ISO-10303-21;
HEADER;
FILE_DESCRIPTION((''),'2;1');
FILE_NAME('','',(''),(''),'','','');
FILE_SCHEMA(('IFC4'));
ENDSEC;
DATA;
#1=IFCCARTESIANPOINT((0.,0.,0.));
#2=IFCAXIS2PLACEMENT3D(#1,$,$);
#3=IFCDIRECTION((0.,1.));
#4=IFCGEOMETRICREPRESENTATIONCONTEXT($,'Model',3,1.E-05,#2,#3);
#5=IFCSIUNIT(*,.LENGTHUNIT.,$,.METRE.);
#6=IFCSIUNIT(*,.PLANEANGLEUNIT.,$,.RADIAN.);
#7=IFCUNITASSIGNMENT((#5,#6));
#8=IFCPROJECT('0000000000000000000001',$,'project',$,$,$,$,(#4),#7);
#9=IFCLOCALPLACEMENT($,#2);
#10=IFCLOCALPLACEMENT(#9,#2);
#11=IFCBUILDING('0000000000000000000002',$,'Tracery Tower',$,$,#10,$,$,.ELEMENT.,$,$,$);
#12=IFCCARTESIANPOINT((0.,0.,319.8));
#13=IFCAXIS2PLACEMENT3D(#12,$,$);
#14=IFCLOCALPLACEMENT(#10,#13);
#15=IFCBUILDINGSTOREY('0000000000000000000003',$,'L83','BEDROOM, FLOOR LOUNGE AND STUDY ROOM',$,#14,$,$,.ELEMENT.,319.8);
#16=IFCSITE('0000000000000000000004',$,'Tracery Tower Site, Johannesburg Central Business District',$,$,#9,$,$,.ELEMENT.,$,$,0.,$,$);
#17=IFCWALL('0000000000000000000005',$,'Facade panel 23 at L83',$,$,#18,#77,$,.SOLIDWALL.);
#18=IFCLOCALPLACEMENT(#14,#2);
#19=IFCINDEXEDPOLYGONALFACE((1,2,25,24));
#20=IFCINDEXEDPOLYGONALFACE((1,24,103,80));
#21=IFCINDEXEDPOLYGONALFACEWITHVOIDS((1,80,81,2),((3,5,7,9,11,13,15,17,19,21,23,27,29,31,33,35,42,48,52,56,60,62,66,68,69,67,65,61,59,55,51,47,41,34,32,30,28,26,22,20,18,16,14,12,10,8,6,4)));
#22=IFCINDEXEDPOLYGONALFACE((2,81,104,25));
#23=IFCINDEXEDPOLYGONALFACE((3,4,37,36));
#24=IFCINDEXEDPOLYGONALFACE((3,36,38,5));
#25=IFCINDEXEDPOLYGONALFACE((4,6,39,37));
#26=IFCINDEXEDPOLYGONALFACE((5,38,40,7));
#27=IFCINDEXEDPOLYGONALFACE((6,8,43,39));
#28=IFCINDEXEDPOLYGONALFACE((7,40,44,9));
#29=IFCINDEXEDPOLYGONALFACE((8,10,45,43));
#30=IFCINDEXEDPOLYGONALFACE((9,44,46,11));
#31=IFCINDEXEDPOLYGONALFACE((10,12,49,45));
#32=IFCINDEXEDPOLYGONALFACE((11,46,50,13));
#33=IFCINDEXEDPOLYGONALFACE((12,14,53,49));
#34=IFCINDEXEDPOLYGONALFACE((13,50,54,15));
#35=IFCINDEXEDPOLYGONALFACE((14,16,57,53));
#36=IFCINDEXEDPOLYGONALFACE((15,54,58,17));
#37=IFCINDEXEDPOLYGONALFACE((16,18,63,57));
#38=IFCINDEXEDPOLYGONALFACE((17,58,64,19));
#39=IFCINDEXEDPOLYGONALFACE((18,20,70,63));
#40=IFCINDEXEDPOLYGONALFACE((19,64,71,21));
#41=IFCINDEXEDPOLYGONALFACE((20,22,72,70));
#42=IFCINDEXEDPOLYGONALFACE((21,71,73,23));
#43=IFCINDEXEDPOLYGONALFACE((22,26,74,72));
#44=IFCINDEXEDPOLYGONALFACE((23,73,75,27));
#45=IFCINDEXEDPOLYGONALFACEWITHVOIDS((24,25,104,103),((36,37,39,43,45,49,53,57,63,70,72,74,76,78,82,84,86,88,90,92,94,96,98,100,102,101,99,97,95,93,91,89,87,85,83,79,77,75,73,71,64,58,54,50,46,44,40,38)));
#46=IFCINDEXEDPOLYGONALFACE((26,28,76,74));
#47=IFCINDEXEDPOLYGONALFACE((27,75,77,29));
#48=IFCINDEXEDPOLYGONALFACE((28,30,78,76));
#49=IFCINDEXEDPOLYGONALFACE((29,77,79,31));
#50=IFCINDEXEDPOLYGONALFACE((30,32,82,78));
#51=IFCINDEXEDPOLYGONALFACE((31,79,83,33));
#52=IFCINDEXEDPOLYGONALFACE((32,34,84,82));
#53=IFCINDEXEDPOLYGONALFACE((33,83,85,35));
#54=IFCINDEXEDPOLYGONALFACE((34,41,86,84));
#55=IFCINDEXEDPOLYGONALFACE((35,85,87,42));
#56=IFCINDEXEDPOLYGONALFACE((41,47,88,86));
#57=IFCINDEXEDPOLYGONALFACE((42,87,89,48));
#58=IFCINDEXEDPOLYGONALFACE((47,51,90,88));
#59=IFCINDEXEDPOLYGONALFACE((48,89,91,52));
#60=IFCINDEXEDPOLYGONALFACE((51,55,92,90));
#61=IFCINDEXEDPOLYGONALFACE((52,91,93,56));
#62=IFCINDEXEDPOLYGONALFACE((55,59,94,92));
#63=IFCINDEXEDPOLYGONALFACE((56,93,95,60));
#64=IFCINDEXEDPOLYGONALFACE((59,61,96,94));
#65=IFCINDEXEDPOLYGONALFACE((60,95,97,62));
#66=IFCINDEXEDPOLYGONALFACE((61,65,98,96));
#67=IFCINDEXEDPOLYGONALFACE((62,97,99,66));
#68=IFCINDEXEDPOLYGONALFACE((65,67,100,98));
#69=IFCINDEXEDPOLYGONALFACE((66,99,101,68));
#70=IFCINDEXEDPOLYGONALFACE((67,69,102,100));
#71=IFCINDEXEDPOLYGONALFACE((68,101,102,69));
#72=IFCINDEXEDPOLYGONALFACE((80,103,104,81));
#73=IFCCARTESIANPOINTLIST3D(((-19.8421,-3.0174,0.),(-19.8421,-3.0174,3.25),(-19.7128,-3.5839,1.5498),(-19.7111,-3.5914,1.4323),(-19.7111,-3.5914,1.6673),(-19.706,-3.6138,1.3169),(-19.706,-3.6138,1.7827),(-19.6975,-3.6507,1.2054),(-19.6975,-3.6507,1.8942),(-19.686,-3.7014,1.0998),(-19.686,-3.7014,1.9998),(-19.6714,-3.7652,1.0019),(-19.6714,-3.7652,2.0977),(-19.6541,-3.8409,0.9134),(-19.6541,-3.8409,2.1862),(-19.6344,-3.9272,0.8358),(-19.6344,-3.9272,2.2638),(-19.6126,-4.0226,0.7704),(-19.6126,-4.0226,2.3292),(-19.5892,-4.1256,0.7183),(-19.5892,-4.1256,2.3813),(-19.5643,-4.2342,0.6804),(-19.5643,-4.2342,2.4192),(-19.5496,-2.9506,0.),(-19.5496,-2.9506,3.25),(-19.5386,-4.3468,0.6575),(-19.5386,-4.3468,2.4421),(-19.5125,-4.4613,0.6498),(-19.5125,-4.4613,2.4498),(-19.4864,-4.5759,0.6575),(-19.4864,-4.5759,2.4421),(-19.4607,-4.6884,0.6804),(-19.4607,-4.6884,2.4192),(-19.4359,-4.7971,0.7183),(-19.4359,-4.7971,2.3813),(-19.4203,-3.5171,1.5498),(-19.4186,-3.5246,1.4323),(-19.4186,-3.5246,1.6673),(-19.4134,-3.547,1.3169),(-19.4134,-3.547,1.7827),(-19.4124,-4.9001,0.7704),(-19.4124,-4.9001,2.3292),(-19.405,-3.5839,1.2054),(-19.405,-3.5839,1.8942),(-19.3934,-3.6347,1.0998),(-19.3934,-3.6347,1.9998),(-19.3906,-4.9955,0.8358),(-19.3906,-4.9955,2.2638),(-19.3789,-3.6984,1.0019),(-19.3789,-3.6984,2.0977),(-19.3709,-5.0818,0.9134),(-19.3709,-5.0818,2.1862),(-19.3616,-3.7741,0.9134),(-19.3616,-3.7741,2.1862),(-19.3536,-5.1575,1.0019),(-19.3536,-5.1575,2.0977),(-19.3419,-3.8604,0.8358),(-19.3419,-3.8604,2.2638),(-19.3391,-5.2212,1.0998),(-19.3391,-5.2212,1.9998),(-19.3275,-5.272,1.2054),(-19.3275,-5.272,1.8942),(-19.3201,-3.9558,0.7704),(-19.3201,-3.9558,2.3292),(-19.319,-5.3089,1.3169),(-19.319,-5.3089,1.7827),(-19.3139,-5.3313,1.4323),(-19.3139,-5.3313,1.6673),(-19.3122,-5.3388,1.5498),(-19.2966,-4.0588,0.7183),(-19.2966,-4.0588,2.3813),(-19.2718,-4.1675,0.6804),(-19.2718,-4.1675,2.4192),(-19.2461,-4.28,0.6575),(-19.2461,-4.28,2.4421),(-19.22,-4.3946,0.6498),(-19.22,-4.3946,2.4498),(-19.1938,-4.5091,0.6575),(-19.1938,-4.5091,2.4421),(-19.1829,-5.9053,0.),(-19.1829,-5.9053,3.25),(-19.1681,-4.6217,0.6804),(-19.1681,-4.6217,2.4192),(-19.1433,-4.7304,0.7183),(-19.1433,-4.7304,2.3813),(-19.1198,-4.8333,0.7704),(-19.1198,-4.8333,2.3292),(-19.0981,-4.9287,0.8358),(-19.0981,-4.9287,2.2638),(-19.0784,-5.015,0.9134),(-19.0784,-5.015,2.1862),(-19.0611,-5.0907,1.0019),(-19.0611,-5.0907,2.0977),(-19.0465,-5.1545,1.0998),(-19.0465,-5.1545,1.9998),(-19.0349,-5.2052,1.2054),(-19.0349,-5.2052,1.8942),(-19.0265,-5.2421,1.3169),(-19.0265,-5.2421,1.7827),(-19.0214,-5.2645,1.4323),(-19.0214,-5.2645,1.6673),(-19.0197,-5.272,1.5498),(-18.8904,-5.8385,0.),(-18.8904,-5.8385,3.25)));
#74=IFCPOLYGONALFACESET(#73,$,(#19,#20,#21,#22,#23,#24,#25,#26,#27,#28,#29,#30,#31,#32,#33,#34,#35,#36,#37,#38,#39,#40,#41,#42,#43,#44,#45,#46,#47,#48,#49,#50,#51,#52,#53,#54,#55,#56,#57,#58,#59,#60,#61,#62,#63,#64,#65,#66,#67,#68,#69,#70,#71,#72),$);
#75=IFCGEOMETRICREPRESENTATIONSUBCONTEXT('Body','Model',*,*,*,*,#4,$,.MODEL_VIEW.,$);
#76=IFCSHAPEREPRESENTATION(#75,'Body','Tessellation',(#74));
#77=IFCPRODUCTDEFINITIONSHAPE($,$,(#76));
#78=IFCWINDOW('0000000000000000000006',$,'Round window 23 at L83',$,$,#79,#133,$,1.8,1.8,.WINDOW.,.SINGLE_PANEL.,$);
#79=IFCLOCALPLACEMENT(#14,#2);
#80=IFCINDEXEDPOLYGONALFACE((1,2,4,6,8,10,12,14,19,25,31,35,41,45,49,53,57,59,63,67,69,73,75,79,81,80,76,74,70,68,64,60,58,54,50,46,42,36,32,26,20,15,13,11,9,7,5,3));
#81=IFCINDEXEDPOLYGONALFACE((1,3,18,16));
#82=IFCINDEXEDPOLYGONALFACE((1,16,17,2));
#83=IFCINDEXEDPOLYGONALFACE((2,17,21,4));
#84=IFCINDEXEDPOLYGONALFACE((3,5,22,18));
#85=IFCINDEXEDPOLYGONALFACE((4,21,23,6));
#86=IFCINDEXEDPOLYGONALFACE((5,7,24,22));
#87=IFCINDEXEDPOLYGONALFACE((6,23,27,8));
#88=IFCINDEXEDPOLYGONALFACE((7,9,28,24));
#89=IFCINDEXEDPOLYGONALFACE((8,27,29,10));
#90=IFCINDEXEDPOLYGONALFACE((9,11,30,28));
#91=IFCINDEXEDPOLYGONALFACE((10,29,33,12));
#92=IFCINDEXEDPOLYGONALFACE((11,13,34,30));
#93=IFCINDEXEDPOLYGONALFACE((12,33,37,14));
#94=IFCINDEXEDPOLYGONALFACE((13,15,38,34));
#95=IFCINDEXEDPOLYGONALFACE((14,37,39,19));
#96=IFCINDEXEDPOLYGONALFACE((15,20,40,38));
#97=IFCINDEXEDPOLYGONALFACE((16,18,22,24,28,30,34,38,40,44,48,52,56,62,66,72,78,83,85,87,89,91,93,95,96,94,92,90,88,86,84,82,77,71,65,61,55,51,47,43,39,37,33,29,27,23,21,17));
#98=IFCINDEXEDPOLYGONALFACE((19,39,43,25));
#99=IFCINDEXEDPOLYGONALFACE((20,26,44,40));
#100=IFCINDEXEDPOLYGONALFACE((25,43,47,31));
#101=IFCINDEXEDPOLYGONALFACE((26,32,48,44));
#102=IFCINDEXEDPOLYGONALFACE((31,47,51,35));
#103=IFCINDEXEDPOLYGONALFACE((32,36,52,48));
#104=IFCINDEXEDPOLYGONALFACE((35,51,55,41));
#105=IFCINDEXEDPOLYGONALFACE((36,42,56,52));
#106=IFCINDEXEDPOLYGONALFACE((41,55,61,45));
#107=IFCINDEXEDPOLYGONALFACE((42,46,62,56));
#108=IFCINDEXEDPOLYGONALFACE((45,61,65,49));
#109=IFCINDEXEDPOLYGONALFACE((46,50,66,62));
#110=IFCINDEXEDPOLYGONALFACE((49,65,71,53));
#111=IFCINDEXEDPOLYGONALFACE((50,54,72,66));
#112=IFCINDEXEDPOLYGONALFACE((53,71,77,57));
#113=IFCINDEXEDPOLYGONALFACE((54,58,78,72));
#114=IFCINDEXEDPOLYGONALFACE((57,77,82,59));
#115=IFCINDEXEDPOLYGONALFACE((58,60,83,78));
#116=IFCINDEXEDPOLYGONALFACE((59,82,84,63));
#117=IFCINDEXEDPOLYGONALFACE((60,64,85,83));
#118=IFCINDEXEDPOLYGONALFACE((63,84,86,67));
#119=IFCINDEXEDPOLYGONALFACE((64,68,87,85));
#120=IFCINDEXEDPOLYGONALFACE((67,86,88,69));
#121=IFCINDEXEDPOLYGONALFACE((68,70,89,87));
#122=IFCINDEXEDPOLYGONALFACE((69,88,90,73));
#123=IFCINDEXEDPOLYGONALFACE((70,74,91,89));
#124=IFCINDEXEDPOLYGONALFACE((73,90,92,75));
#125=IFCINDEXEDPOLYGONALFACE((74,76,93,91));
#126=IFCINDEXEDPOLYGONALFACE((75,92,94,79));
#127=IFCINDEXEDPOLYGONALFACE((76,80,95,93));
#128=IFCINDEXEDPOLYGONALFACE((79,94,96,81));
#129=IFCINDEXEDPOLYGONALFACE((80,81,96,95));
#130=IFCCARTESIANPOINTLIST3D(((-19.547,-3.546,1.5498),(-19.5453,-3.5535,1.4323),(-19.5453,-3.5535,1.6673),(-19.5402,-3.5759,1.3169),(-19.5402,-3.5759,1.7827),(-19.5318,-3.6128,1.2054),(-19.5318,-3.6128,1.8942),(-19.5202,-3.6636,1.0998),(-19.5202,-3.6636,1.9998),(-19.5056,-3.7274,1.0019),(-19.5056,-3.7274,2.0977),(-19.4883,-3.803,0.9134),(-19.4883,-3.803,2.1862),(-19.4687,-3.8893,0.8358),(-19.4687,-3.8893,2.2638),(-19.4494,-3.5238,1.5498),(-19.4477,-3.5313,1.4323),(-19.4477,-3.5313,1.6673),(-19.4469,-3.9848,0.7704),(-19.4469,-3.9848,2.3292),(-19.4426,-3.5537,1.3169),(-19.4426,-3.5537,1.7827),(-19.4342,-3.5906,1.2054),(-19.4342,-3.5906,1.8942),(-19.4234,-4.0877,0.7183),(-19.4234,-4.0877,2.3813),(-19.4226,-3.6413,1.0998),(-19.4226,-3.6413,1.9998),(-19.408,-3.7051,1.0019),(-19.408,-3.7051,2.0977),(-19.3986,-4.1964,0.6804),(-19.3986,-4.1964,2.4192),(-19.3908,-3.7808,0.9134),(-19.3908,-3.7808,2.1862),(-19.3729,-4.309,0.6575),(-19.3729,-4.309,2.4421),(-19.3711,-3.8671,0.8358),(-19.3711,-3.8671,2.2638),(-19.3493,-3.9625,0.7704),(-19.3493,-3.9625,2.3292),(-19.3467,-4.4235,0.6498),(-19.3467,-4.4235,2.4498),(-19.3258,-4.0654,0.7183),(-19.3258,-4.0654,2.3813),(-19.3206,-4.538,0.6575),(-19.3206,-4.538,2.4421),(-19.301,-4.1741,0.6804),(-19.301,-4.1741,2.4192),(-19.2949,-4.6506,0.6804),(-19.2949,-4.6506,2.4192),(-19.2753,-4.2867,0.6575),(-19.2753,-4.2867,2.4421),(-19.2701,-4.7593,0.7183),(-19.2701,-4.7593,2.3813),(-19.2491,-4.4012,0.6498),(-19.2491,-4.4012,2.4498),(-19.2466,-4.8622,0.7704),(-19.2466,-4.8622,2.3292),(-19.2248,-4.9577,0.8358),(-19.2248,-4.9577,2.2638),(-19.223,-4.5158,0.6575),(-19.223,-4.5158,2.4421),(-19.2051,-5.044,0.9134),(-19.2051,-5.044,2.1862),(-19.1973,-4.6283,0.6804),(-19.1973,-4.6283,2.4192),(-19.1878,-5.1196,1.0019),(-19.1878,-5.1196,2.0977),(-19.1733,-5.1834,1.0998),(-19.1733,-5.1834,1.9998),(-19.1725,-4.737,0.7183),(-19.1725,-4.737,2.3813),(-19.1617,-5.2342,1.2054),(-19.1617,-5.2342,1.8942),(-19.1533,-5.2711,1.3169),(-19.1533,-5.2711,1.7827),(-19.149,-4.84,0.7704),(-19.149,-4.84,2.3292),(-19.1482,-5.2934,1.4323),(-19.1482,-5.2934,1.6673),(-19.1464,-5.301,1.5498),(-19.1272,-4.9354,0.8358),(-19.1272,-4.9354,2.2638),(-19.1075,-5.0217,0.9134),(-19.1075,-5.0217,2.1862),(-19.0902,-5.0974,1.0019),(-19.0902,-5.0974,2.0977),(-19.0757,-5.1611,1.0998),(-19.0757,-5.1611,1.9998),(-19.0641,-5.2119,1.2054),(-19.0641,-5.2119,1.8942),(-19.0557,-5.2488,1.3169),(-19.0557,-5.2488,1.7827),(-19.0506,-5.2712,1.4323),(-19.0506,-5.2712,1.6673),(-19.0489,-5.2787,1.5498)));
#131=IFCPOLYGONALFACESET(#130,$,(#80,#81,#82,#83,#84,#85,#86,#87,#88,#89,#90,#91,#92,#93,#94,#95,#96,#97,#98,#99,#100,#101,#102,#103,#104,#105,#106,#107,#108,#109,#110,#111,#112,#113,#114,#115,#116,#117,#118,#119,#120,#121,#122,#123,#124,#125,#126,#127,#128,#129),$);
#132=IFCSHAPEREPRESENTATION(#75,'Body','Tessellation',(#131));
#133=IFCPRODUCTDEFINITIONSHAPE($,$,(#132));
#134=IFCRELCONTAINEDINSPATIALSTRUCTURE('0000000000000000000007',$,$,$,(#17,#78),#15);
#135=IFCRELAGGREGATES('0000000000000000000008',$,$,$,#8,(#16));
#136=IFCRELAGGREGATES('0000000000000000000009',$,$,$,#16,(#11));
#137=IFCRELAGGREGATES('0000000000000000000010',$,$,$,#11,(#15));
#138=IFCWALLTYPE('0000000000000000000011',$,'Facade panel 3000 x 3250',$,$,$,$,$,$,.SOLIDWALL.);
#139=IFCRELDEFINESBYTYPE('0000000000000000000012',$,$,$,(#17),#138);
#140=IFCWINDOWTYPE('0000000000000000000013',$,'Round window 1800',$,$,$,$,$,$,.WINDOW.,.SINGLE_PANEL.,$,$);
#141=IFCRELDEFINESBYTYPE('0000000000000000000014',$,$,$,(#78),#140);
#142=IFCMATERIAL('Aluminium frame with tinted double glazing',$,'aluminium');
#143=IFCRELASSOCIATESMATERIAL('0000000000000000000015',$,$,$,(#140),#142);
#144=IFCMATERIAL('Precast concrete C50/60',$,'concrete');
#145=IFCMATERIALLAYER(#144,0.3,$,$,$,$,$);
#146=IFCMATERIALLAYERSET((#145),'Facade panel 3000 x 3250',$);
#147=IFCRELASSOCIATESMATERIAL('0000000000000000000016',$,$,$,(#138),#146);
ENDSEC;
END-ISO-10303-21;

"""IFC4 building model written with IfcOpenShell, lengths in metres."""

from ifc_helpers import new_model, si_unit, direction, frame, frame_2d, origin, origin_2d, place, context, subcontext, project, spatial, rectangle, circle, extrude, material, layer, layer_set, type_object, element, fill, save


model = new_model("IFC4")

# Units and contexts
model_context = context("Model", 3, precision=1e-05, world=origin(), true_north=direction((0.0, 1.0)))
body_context = subcontext(model_context, "Body", "Model", "MODEL_VIEW")
ifc_project = project(units=[si_unit("LENGTHUNIT", "METRE"), si_unit("PLANEANGLEUNIT", "RADIAN")], contexts=[model_context])

# Site, building, storey
site_placement = place(None, origin())
site = spatial("IfcSite", under=ifc_project, at=site_placement, Name="Tracery Tower Site, Johannesburg Central Business District", CompositionType="ELEMENT", RefElevation=0.0)
building_placement = place(site_placement, origin())
building = spatial("IfcBuilding", under=site, at=building_placement, Name="Tracery Tower", CompositionType="ELEMENT")
storey_placement = place(building_placement, frame((0.0, 0.0, 319.8)))
storey = spatial("IfcBuildingStorey", under=building, at=storey_placement, Name="L83", Description="BEDROOM, FLOOR LOUNGE AND STUDY ROOM", CompositionType="ELEMENT", Elevation=319.8)

# Wall, opening, window
ifc_material_1 = material(Name="Aluminium frame with tinted double glazing", Category="aluminium")
window_type = type_object("IfcWindowType", Name="Round window 1800", PartitioningType="SINGLE_PANEL", PredefinedType="WINDOW", material=ifc_material_1)
ifc_material_2 = material(Name="Precast concrete C50/60", Category="concrete")
ifc_layer_1 = layer(ifc_material_2, 0.3)
ifc_layer_set_1 = layer_set([ifc_layer_1], Name="Facade panel 3000 x 3250")
wall_type_1 = type_object("IfcWallType", Name="Facade panel 3000 x 3250", PredefinedType="SOLIDWALL", material=ifc_layer_set_1)
wall_1_placement = place(storey_placement, frame((-19.6958, -2.9841, 0.0), z_axis=(0.0, 0.0, 1.0), x_axis=(0.222529, -0.974926, 0.0)))
wall_1 = element("IfcWall", 1, at=wall_1_placement, inside=storey, type_object=wall_type_1, Name="Facade panel 23 at L83", PredefinedType="SOLIDWALL", context=body_context, shape_type="SweptSolid", body=[
    extrude(rectangle(XDim=2.9622, YDim=0.3, at=frame_2d((1.481, 0.0))), origin(), (0.0, 0.0, 1.0), 3.25),
])
opening_1_placement = place(wall_1_placement, frame((1.481, 0.0, 1.5498)))
opening_1 = element("IfcOpeningElement", 2, at=opening_1_placement, cuts=wall_1, PredefinedType="OPENING", context=body_context, shape_type="SweptSolid", body=[
    extrude(circle(Radius=0.9, at=origin_2d()), frame((0.0, 0.1599, 0.0), z_axis=(0.0, -1.0, 0.0), x_axis=(1.0, 0.0, 0.0)), (0.0, 0.0, 1.0), 0.3201),
])
window_1_placement = place(opening_1_placement, origin())
window_1 = element("IfcWindow", 3, at=window_1_placement, inside=storey, type_object=window_type, Name="Round window 23 at L83", OverallHeight=1.8, OverallWidth=1.8, PartitioningType="SINGLE_PANEL", PredefinedType="WINDOW", context=body_context, shape_type="SweptSolid", body=[
    extrude(circle(Radius=0.9, at=origin_2d()), frame((0.0, 0.1201, 0.0), z_axis=(0.0, -1.0, 0.0), x_axis=(1.0, 0.0, 0.0)), (0.0, 0.0, 1.0), 0.1001),
])
fill(opening_1, window_1)

save(model, "model.ifc")
